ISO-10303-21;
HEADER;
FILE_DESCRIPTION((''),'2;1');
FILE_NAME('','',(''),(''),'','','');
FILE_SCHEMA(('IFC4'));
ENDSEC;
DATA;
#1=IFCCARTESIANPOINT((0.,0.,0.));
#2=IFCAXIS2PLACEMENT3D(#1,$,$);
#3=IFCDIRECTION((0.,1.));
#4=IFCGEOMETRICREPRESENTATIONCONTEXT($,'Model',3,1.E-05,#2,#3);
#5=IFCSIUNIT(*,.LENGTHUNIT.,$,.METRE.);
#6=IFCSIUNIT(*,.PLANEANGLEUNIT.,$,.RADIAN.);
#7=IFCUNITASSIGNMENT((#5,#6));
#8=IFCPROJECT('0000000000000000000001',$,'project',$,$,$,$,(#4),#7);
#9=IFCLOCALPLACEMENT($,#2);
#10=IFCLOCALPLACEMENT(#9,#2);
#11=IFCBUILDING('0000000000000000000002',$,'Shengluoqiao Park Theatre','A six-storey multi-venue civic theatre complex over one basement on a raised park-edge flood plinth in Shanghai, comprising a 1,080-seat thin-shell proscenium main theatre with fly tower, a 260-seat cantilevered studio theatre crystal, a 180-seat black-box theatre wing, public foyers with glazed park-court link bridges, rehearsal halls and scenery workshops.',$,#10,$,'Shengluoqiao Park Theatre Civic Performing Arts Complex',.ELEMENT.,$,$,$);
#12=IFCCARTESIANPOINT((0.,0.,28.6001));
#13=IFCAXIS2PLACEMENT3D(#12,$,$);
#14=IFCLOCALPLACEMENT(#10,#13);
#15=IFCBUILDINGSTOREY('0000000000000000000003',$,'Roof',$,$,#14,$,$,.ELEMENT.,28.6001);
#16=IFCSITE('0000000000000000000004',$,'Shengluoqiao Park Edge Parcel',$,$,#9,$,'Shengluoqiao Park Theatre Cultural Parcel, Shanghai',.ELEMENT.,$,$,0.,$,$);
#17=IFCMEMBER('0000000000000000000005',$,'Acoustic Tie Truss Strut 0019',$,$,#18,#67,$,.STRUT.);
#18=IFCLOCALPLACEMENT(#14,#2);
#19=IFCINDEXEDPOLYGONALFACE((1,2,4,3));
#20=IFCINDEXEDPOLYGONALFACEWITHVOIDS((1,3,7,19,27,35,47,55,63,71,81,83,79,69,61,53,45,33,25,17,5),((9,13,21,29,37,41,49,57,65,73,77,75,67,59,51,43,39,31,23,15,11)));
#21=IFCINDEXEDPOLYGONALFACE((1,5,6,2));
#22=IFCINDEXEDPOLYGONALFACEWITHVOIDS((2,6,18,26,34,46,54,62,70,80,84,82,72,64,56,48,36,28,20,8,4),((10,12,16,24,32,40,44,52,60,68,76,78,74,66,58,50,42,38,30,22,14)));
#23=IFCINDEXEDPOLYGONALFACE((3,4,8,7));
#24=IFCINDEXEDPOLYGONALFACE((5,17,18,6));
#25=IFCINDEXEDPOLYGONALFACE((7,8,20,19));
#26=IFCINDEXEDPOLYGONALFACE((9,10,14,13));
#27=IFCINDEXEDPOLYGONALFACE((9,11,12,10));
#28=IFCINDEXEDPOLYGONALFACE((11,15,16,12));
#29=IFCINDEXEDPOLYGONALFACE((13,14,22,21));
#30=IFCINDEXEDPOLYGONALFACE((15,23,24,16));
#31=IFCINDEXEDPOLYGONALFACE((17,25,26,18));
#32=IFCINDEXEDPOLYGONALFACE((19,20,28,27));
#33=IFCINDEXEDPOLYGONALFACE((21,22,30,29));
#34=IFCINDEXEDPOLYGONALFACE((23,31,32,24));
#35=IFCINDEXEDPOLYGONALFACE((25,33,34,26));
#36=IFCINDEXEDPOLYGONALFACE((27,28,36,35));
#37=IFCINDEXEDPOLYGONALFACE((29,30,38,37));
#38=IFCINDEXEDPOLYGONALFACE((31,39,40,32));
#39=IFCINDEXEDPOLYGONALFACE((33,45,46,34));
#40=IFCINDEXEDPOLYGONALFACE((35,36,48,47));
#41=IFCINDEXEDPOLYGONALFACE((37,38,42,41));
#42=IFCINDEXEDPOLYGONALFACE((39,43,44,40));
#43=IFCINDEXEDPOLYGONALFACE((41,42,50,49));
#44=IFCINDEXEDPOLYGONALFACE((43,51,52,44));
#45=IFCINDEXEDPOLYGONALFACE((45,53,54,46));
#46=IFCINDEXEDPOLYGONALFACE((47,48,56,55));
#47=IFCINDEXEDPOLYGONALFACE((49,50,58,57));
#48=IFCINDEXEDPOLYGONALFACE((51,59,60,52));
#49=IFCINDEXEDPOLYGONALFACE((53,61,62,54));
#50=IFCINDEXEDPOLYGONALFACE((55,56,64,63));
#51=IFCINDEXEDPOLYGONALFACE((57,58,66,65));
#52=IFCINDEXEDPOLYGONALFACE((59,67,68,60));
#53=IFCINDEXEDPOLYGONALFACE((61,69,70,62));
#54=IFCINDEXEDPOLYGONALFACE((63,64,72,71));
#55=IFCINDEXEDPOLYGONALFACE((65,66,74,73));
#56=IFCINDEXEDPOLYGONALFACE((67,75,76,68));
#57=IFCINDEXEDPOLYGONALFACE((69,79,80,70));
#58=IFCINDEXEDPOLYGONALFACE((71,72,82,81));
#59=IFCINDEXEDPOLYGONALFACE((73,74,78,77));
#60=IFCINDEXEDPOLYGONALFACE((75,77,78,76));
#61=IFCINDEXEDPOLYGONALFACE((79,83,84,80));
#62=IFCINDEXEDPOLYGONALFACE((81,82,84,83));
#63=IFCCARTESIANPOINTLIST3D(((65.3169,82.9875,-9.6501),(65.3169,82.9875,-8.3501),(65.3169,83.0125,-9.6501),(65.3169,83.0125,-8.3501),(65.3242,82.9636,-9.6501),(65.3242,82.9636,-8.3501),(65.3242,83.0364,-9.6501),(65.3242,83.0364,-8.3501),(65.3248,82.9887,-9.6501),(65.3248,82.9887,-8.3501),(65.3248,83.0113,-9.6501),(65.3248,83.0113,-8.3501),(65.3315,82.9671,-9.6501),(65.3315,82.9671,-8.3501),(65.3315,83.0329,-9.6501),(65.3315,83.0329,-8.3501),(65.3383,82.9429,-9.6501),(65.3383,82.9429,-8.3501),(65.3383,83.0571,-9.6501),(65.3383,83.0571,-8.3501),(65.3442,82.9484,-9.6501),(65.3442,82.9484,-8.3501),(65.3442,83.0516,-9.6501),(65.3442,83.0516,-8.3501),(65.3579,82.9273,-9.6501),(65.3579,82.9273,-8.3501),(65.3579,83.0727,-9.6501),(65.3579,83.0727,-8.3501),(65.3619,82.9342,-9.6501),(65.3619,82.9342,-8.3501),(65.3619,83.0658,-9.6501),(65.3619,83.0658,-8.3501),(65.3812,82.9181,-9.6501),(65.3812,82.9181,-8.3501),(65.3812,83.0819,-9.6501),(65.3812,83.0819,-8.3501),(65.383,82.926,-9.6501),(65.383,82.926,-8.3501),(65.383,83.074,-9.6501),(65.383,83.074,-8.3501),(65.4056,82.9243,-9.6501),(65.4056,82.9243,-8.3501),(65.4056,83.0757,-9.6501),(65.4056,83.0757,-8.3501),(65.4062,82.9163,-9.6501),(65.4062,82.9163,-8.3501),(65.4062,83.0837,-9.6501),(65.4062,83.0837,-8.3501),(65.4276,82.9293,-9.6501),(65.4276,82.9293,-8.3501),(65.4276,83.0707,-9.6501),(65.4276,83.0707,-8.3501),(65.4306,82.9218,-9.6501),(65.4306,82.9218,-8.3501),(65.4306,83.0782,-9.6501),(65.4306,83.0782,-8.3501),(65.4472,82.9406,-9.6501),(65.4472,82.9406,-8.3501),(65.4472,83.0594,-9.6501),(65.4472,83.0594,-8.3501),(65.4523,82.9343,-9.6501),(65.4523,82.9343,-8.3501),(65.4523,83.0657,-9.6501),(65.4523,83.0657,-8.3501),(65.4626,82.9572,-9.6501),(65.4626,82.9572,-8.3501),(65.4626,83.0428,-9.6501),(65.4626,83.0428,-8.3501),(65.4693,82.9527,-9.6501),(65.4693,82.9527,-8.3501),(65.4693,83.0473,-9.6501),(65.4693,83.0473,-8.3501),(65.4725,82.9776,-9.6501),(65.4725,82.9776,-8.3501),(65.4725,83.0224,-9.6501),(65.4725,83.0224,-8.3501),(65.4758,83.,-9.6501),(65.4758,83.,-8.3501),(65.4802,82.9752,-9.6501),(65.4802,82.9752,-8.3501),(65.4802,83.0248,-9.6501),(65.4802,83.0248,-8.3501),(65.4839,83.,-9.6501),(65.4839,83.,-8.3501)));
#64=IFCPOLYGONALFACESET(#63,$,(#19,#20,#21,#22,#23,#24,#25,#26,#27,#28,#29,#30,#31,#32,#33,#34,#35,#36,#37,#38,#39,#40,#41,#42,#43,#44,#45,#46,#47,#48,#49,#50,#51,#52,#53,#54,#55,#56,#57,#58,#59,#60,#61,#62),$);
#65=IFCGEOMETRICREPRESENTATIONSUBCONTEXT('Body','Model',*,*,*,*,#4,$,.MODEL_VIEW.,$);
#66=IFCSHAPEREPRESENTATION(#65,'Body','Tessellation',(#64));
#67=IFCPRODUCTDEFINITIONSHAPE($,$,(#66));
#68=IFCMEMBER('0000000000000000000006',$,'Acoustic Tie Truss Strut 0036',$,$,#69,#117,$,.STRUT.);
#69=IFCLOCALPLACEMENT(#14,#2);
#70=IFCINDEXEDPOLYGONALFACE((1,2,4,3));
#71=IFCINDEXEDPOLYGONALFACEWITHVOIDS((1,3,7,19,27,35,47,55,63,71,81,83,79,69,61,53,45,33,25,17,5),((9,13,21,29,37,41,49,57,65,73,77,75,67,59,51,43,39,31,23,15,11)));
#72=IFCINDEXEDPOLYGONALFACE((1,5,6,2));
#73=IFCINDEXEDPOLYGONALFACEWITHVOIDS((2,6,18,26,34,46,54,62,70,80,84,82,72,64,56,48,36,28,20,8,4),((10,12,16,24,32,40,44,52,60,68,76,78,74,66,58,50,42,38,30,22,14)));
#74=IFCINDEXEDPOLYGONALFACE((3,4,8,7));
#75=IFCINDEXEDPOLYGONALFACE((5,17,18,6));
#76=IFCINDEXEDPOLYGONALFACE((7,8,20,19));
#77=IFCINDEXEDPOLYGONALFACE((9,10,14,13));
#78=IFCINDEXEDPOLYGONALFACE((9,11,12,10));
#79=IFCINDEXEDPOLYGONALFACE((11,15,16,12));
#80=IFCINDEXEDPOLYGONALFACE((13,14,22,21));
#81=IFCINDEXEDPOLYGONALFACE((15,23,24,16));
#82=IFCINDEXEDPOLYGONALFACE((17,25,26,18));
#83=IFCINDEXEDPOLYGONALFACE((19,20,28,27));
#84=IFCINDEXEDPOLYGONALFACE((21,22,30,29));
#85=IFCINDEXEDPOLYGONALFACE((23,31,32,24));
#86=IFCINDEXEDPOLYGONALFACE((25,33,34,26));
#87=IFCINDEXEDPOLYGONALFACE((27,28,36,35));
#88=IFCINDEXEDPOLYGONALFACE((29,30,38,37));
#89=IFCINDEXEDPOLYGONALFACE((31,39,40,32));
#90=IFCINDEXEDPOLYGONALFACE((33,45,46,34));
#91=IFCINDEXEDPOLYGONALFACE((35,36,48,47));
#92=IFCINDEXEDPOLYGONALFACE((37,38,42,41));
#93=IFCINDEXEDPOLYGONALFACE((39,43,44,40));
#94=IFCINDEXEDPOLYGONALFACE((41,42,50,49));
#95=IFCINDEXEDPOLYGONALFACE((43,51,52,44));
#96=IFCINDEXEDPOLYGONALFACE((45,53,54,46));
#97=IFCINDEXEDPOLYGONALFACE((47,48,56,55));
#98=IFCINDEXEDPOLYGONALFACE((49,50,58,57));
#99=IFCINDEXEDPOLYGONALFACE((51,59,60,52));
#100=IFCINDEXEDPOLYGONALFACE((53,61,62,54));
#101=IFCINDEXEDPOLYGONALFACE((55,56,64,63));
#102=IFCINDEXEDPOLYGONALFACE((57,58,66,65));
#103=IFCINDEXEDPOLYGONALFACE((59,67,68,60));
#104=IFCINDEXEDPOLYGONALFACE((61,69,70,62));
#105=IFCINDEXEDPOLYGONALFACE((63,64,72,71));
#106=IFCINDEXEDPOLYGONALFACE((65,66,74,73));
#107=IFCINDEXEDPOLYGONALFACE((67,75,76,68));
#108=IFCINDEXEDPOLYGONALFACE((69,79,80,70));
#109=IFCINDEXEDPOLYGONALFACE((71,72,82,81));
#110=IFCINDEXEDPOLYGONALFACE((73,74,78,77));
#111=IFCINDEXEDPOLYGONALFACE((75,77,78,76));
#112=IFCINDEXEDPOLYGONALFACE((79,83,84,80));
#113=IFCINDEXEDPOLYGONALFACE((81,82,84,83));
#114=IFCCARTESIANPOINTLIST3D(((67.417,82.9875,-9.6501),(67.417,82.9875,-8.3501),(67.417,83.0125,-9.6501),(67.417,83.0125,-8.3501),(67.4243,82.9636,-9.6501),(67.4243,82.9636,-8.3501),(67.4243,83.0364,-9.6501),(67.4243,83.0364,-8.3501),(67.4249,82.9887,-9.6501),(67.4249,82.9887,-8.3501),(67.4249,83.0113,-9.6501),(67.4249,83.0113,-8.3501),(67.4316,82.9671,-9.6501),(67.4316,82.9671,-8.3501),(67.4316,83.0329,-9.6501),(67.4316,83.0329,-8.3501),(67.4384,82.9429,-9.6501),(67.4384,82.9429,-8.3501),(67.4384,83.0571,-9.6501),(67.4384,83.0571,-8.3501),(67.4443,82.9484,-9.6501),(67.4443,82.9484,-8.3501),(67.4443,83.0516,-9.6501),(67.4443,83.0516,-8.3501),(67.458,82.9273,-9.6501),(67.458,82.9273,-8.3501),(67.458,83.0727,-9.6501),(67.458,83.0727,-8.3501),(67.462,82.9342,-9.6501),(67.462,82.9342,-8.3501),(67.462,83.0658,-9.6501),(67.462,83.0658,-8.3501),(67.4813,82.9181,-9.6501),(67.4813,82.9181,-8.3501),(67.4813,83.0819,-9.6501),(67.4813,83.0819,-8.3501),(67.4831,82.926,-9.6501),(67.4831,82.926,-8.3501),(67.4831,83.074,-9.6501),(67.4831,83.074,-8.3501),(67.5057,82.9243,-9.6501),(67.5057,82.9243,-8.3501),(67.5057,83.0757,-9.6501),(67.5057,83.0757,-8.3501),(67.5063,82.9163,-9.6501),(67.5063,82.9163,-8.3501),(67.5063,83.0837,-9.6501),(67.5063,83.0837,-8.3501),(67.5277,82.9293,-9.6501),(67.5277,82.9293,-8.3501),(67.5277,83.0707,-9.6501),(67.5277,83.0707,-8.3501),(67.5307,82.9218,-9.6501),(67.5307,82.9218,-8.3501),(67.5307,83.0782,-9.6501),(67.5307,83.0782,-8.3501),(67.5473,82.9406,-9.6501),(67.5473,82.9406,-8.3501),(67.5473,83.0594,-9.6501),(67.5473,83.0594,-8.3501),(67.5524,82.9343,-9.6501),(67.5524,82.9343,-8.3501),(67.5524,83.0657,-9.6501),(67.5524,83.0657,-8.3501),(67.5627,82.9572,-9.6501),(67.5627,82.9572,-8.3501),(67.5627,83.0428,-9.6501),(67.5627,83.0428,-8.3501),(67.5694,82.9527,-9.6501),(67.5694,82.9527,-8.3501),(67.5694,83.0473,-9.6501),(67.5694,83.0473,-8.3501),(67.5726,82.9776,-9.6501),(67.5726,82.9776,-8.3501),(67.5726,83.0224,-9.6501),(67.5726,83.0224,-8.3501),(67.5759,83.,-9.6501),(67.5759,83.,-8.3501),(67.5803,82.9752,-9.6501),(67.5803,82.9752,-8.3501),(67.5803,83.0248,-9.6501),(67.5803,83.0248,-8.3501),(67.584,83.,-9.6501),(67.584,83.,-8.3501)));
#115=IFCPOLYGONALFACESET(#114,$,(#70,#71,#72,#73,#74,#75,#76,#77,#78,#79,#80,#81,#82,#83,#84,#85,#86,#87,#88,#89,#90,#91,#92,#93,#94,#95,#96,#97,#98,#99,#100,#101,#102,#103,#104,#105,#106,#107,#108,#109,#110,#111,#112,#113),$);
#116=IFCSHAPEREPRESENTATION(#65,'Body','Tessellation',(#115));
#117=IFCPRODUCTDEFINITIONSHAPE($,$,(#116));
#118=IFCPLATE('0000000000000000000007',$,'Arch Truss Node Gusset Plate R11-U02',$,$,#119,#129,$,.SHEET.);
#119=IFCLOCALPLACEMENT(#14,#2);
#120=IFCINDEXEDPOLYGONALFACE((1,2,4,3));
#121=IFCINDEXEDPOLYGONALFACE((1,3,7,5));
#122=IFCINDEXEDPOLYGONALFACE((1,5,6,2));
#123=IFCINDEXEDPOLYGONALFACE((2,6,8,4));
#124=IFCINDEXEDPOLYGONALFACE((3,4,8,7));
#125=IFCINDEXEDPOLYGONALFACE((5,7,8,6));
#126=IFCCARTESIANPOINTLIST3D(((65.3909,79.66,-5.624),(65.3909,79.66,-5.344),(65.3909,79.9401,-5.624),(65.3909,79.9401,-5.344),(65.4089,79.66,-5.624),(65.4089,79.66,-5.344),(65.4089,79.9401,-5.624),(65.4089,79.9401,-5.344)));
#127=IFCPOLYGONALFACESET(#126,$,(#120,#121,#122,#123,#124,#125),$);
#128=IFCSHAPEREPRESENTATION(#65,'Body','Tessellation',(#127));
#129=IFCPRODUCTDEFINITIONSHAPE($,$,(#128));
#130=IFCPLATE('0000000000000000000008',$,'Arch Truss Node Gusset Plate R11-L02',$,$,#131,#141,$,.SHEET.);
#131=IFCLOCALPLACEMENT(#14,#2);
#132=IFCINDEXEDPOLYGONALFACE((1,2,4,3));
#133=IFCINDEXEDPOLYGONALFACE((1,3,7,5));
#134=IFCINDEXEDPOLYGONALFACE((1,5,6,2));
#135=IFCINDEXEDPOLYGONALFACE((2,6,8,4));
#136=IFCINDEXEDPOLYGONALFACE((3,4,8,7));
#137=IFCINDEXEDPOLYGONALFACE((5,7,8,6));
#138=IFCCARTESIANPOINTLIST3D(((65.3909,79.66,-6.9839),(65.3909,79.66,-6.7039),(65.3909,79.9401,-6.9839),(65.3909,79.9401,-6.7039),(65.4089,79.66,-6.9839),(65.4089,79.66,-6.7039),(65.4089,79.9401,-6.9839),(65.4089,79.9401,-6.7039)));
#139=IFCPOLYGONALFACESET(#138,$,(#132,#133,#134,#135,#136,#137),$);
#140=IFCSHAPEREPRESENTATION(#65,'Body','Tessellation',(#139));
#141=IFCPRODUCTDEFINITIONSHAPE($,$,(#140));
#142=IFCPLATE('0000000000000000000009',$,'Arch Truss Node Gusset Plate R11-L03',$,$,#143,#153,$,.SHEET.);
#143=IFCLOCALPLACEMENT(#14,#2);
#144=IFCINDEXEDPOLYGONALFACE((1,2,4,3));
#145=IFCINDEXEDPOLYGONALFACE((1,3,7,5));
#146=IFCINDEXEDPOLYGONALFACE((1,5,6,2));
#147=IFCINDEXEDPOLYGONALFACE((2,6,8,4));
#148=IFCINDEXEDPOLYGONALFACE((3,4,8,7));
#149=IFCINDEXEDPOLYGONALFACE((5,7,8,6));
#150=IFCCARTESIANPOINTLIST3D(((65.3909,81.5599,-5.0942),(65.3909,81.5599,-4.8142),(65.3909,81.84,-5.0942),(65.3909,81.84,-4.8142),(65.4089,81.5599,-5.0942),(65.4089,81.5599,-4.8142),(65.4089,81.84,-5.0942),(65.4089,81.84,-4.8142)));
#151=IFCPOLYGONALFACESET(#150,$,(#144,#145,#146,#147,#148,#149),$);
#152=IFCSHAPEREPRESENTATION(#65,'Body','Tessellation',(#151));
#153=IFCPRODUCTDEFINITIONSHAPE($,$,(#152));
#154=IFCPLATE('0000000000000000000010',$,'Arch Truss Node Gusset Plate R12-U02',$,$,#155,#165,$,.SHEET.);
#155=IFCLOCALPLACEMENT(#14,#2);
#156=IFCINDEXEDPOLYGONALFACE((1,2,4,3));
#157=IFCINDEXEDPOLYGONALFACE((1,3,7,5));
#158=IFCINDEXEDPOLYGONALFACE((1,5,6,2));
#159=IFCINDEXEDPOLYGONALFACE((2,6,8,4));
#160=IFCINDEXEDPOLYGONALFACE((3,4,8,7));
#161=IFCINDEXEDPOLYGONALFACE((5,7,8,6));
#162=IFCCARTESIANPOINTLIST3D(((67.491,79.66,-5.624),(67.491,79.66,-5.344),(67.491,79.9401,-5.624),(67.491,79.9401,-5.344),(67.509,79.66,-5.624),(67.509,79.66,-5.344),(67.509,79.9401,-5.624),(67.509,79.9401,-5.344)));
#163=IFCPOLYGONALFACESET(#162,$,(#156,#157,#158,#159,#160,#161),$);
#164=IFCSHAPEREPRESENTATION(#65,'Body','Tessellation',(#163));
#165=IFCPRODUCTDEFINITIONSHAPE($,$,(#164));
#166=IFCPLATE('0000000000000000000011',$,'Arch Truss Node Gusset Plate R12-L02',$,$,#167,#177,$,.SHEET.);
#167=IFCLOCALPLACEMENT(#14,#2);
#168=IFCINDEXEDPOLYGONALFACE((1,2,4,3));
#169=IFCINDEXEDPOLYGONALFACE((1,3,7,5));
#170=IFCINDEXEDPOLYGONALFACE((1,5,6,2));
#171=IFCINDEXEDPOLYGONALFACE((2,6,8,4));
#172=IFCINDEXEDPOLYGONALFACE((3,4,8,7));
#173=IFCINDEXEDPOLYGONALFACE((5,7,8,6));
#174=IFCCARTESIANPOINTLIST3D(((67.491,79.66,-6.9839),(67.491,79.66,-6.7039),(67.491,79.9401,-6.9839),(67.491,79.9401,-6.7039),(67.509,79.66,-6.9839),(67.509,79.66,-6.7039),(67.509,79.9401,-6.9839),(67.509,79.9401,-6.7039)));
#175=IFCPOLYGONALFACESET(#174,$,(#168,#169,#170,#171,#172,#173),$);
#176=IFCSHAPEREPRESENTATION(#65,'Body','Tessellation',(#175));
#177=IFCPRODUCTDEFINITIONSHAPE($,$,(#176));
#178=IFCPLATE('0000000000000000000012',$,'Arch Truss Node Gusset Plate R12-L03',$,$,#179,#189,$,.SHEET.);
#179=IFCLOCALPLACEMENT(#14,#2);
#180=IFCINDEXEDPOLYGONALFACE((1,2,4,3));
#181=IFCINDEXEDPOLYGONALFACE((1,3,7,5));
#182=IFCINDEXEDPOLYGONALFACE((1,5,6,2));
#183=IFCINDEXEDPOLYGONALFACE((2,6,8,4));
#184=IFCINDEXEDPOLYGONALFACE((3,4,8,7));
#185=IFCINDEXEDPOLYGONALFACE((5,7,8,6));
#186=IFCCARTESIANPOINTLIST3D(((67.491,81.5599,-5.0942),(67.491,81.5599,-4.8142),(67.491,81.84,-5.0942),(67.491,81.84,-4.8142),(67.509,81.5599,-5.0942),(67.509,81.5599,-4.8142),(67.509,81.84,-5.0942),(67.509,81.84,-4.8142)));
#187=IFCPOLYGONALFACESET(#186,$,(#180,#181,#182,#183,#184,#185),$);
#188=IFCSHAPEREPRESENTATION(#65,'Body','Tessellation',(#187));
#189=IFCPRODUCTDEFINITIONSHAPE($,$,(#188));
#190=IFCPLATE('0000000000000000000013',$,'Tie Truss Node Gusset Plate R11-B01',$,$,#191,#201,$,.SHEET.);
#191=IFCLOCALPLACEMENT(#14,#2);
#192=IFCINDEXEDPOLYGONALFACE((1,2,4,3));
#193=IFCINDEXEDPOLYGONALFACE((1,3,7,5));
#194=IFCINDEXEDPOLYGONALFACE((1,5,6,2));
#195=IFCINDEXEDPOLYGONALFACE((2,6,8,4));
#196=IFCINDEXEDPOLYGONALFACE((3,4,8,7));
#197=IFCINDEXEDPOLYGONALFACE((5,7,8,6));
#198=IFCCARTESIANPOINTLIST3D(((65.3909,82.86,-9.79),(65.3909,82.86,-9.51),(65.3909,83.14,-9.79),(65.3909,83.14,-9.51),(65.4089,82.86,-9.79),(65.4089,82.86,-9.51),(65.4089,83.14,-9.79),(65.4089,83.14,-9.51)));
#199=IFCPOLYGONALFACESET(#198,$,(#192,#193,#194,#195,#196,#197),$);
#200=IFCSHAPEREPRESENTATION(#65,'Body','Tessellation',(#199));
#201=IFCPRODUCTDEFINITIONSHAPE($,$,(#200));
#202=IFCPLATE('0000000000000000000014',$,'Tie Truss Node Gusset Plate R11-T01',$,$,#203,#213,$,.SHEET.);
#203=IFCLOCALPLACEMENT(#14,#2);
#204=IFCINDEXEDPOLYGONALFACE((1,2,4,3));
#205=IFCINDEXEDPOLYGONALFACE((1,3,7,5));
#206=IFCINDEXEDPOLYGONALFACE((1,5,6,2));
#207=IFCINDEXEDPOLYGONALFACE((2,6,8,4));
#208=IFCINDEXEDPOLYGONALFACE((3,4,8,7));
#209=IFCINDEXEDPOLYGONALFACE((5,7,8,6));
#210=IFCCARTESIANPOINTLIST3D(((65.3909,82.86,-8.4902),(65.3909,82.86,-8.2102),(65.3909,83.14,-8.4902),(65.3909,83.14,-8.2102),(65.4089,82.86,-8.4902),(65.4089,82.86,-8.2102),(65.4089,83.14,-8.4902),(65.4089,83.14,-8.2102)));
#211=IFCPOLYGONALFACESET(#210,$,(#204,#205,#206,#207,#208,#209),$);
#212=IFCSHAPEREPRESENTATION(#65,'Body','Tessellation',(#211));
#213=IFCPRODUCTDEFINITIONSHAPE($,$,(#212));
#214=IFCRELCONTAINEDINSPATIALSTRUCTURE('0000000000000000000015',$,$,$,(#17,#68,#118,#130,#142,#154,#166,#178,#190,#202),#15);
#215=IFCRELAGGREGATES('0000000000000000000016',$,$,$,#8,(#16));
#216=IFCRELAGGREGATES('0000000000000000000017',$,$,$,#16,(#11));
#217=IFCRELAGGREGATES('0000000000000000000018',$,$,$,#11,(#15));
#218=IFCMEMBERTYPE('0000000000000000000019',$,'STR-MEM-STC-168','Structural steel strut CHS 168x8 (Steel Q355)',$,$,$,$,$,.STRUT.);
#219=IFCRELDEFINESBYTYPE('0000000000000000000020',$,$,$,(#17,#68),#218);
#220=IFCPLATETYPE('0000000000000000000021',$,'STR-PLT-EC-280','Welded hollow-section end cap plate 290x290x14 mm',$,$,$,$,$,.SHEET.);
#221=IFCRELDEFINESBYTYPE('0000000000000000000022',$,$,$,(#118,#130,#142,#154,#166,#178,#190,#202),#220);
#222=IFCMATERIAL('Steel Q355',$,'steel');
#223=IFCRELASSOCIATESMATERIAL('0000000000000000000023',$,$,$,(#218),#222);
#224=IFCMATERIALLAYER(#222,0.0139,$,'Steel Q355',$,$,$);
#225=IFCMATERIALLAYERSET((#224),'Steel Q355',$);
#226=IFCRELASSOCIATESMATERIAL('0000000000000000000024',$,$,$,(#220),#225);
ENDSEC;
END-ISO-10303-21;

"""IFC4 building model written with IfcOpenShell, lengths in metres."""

from ifc_helpers import new_model, si_unit, direction, frame, origin, origin_2d, place, context, subcontext, project, spatial, rectangle, hollow_circle, extrude, material, layer, layer_set, material_profile, profile_set, type_object, element, save


model = new_model("IFC4")

# Units and contexts
model_context = context("Model", 3, precision=1e-05, world=origin(), true_north=direction((0.0, 1.0)))
body_context = subcontext(model_context, "Body", "Model", "MODEL_VIEW")
ifc_project = project(units=[si_unit("LENGTHUNIT", "METRE"), si_unit("PLANEANGLEUNIT", "RADIAN")], contexts=[model_context])

# Site, building, storey
site_placement = place(None, origin())
site = spatial("IfcSite", under=ifc_project, at=site_placement, Name="Shengluoqiao Park Edge Parcel", LongName="Shengluoqiao Park Theatre Cultural Parcel, Shanghai", CompositionType="ELEMENT", RefElevation=0.0)
building_placement = place(site_placement, origin())
building = spatial("IfcBuilding", under=site, at=building_placement, Name="Shengluoqiao Park Theatre", Description="A six-storey multi-venue civic theatre complex over one basement on a raised park-edge flood plinth in Shanghai, comprising a 1,080-seat thin-shell proscenium main theatre with fly tower, a 260-seat cantilevered studio theatre crystal, a 180-seat black-box theatre wing, public foyers with glazed park-court link bridges, rehearsal halls and scenery workshops.", LongName="Shengluoqiao Park Theatre Civic Performing Arts Complex", CompositionType="ELEMENT")
storey_placement = place(building_placement, frame((0.0, 0.0, 28.6001)))
storey = spatial("IfcBuildingStorey", under=building, at=storey_placement, Name="Roof", CompositionType="ELEMENT", Elevation=28.6001)

# Shared definitions
ifc_material_1 = material(Name="Steel Q355", Category="steel")

# Members
ifc_material_profile_1 = material_profile(ifc_material_1, hollow_circle(Radius=0.084, WallThickness=0.0081, at=origin_2d()), Name="CHS 168x8")
ifc_profile_set_1 = profile_set([ifc_material_profile_1], Name="Steel Q355")
member_type_1 = type_object("IfcMemberType", Name="STR-MEM-STC-168", Description="Structural steel strut CHS 168x8 (Steel Q355)", PredefinedType="STRUT", material=ifc_profile_set_1)
for number, where, z_axis, x_axis, name in (
    (1, (65.3999, 83.0, -9.6501), (0.0, 0.0, 1.0), (1.0, 0.0, 0.0), "Acoustic Tie Truss Strut 0019"),
    (2, (67.5, 83.0, -9.6501), (0.0, 0.0, 1.0), (1.0, 0.0, 0.0), "Acoustic Tie Truss Strut 0036"),
):
    element("IfcMember", number, at=place(storey_placement, frame(where, z_axis=z_axis, x_axis=x_axis)), inside=storey, type_object=member_type_1, Name=name, PredefinedType="STRUT", context=body_context, shape_type="SweptSolid", body=[
        extrude(hollow_circle(Radius=0.084, WallThickness=0.0081, at=origin_2d()), origin(), (0.0, 0.0, 1.0), 1.3),
    ])

# Plates
ifc_layer_1 = layer(ifc_material_1, 0.0139, Name="Steel Q355")
ifc_layer_set_1 = layer_set([ifc_layer_1], Name="Steel Q355")
plate_type_1 = type_object("IfcPlateType", Name="STR-PLT-EC-280", Description="Welded hollow-section end cap plate 290x290x14 mm", PredefinedType="SHEET", material=ifc_layer_set_1)
for number, where, z_axis, x_axis, name in (
    (3, (65.3999, 79.8, -5.624), (0.0, 0.0, 1.0), (1.0, 0.0, 0.0), "Arch Truss Node Gusset Plate R11-U02"),
    (4, (65.3999, 79.8, -6.9839), (0.0, 0.0, 1.0), (1.0, 0.0, 0.0), "Arch Truss Node Gusset Plate R11-L02"),
    (5, (65.3999, 81.7, -5.0942), (0.0, 0.0, 1.0), (1.0, 0.0, 0.0), "Arch Truss Node Gusset Plate R11-L03"),
    (6, (67.5, 79.8, -5.624), (0.0, 0.0, 1.0), (1.0, 0.0, 0.0), "Arch Truss Node Gusset Plate R12-U02"),
    (7, (67.5, 79.8, -6.9839), (0.0, 0.0, 1.0), (1.0, 0.0, 0.0), "Arch Truss Node Gusset Plate R12-L02"),
    (8, (67.5, 81.7, -5.0942), (0.0, 0.0, 1.0), (1.0, 0.0, 0.0), "Arch Truss Node Gusset Plate R12-L03"),
    (9, (65.3999, 83.0, -9.79), (0.0, 0.0, 1.0), (1.0, 0.0, 0.0), "Tie Truss Node Gusset Plate R11-B01"),
    (10, (65.3999, 83.0, -8.4902), (0.0, 0.0, 1.0), (1.0, 0.0, 0.0), "Tie Truss Node Gusset Plate R11-T01"),
):
    element("IfcPlate", number, at=place(storey_placement, frame(where, z_axis=z_axis, x_axis=x_axis)), inside=storey, type_object=plate_type_1, Name=name, PredefinedType="SHEET", context=body_context, shape_type="SweptSolid", body=[
        extrude(rectangle(XDim=0.0181, YDim=0.28, at=origin_2d()), origin(), (0.0, 0.0, 1.0), 0.28),
    ])

save(model, "model.ifc")
